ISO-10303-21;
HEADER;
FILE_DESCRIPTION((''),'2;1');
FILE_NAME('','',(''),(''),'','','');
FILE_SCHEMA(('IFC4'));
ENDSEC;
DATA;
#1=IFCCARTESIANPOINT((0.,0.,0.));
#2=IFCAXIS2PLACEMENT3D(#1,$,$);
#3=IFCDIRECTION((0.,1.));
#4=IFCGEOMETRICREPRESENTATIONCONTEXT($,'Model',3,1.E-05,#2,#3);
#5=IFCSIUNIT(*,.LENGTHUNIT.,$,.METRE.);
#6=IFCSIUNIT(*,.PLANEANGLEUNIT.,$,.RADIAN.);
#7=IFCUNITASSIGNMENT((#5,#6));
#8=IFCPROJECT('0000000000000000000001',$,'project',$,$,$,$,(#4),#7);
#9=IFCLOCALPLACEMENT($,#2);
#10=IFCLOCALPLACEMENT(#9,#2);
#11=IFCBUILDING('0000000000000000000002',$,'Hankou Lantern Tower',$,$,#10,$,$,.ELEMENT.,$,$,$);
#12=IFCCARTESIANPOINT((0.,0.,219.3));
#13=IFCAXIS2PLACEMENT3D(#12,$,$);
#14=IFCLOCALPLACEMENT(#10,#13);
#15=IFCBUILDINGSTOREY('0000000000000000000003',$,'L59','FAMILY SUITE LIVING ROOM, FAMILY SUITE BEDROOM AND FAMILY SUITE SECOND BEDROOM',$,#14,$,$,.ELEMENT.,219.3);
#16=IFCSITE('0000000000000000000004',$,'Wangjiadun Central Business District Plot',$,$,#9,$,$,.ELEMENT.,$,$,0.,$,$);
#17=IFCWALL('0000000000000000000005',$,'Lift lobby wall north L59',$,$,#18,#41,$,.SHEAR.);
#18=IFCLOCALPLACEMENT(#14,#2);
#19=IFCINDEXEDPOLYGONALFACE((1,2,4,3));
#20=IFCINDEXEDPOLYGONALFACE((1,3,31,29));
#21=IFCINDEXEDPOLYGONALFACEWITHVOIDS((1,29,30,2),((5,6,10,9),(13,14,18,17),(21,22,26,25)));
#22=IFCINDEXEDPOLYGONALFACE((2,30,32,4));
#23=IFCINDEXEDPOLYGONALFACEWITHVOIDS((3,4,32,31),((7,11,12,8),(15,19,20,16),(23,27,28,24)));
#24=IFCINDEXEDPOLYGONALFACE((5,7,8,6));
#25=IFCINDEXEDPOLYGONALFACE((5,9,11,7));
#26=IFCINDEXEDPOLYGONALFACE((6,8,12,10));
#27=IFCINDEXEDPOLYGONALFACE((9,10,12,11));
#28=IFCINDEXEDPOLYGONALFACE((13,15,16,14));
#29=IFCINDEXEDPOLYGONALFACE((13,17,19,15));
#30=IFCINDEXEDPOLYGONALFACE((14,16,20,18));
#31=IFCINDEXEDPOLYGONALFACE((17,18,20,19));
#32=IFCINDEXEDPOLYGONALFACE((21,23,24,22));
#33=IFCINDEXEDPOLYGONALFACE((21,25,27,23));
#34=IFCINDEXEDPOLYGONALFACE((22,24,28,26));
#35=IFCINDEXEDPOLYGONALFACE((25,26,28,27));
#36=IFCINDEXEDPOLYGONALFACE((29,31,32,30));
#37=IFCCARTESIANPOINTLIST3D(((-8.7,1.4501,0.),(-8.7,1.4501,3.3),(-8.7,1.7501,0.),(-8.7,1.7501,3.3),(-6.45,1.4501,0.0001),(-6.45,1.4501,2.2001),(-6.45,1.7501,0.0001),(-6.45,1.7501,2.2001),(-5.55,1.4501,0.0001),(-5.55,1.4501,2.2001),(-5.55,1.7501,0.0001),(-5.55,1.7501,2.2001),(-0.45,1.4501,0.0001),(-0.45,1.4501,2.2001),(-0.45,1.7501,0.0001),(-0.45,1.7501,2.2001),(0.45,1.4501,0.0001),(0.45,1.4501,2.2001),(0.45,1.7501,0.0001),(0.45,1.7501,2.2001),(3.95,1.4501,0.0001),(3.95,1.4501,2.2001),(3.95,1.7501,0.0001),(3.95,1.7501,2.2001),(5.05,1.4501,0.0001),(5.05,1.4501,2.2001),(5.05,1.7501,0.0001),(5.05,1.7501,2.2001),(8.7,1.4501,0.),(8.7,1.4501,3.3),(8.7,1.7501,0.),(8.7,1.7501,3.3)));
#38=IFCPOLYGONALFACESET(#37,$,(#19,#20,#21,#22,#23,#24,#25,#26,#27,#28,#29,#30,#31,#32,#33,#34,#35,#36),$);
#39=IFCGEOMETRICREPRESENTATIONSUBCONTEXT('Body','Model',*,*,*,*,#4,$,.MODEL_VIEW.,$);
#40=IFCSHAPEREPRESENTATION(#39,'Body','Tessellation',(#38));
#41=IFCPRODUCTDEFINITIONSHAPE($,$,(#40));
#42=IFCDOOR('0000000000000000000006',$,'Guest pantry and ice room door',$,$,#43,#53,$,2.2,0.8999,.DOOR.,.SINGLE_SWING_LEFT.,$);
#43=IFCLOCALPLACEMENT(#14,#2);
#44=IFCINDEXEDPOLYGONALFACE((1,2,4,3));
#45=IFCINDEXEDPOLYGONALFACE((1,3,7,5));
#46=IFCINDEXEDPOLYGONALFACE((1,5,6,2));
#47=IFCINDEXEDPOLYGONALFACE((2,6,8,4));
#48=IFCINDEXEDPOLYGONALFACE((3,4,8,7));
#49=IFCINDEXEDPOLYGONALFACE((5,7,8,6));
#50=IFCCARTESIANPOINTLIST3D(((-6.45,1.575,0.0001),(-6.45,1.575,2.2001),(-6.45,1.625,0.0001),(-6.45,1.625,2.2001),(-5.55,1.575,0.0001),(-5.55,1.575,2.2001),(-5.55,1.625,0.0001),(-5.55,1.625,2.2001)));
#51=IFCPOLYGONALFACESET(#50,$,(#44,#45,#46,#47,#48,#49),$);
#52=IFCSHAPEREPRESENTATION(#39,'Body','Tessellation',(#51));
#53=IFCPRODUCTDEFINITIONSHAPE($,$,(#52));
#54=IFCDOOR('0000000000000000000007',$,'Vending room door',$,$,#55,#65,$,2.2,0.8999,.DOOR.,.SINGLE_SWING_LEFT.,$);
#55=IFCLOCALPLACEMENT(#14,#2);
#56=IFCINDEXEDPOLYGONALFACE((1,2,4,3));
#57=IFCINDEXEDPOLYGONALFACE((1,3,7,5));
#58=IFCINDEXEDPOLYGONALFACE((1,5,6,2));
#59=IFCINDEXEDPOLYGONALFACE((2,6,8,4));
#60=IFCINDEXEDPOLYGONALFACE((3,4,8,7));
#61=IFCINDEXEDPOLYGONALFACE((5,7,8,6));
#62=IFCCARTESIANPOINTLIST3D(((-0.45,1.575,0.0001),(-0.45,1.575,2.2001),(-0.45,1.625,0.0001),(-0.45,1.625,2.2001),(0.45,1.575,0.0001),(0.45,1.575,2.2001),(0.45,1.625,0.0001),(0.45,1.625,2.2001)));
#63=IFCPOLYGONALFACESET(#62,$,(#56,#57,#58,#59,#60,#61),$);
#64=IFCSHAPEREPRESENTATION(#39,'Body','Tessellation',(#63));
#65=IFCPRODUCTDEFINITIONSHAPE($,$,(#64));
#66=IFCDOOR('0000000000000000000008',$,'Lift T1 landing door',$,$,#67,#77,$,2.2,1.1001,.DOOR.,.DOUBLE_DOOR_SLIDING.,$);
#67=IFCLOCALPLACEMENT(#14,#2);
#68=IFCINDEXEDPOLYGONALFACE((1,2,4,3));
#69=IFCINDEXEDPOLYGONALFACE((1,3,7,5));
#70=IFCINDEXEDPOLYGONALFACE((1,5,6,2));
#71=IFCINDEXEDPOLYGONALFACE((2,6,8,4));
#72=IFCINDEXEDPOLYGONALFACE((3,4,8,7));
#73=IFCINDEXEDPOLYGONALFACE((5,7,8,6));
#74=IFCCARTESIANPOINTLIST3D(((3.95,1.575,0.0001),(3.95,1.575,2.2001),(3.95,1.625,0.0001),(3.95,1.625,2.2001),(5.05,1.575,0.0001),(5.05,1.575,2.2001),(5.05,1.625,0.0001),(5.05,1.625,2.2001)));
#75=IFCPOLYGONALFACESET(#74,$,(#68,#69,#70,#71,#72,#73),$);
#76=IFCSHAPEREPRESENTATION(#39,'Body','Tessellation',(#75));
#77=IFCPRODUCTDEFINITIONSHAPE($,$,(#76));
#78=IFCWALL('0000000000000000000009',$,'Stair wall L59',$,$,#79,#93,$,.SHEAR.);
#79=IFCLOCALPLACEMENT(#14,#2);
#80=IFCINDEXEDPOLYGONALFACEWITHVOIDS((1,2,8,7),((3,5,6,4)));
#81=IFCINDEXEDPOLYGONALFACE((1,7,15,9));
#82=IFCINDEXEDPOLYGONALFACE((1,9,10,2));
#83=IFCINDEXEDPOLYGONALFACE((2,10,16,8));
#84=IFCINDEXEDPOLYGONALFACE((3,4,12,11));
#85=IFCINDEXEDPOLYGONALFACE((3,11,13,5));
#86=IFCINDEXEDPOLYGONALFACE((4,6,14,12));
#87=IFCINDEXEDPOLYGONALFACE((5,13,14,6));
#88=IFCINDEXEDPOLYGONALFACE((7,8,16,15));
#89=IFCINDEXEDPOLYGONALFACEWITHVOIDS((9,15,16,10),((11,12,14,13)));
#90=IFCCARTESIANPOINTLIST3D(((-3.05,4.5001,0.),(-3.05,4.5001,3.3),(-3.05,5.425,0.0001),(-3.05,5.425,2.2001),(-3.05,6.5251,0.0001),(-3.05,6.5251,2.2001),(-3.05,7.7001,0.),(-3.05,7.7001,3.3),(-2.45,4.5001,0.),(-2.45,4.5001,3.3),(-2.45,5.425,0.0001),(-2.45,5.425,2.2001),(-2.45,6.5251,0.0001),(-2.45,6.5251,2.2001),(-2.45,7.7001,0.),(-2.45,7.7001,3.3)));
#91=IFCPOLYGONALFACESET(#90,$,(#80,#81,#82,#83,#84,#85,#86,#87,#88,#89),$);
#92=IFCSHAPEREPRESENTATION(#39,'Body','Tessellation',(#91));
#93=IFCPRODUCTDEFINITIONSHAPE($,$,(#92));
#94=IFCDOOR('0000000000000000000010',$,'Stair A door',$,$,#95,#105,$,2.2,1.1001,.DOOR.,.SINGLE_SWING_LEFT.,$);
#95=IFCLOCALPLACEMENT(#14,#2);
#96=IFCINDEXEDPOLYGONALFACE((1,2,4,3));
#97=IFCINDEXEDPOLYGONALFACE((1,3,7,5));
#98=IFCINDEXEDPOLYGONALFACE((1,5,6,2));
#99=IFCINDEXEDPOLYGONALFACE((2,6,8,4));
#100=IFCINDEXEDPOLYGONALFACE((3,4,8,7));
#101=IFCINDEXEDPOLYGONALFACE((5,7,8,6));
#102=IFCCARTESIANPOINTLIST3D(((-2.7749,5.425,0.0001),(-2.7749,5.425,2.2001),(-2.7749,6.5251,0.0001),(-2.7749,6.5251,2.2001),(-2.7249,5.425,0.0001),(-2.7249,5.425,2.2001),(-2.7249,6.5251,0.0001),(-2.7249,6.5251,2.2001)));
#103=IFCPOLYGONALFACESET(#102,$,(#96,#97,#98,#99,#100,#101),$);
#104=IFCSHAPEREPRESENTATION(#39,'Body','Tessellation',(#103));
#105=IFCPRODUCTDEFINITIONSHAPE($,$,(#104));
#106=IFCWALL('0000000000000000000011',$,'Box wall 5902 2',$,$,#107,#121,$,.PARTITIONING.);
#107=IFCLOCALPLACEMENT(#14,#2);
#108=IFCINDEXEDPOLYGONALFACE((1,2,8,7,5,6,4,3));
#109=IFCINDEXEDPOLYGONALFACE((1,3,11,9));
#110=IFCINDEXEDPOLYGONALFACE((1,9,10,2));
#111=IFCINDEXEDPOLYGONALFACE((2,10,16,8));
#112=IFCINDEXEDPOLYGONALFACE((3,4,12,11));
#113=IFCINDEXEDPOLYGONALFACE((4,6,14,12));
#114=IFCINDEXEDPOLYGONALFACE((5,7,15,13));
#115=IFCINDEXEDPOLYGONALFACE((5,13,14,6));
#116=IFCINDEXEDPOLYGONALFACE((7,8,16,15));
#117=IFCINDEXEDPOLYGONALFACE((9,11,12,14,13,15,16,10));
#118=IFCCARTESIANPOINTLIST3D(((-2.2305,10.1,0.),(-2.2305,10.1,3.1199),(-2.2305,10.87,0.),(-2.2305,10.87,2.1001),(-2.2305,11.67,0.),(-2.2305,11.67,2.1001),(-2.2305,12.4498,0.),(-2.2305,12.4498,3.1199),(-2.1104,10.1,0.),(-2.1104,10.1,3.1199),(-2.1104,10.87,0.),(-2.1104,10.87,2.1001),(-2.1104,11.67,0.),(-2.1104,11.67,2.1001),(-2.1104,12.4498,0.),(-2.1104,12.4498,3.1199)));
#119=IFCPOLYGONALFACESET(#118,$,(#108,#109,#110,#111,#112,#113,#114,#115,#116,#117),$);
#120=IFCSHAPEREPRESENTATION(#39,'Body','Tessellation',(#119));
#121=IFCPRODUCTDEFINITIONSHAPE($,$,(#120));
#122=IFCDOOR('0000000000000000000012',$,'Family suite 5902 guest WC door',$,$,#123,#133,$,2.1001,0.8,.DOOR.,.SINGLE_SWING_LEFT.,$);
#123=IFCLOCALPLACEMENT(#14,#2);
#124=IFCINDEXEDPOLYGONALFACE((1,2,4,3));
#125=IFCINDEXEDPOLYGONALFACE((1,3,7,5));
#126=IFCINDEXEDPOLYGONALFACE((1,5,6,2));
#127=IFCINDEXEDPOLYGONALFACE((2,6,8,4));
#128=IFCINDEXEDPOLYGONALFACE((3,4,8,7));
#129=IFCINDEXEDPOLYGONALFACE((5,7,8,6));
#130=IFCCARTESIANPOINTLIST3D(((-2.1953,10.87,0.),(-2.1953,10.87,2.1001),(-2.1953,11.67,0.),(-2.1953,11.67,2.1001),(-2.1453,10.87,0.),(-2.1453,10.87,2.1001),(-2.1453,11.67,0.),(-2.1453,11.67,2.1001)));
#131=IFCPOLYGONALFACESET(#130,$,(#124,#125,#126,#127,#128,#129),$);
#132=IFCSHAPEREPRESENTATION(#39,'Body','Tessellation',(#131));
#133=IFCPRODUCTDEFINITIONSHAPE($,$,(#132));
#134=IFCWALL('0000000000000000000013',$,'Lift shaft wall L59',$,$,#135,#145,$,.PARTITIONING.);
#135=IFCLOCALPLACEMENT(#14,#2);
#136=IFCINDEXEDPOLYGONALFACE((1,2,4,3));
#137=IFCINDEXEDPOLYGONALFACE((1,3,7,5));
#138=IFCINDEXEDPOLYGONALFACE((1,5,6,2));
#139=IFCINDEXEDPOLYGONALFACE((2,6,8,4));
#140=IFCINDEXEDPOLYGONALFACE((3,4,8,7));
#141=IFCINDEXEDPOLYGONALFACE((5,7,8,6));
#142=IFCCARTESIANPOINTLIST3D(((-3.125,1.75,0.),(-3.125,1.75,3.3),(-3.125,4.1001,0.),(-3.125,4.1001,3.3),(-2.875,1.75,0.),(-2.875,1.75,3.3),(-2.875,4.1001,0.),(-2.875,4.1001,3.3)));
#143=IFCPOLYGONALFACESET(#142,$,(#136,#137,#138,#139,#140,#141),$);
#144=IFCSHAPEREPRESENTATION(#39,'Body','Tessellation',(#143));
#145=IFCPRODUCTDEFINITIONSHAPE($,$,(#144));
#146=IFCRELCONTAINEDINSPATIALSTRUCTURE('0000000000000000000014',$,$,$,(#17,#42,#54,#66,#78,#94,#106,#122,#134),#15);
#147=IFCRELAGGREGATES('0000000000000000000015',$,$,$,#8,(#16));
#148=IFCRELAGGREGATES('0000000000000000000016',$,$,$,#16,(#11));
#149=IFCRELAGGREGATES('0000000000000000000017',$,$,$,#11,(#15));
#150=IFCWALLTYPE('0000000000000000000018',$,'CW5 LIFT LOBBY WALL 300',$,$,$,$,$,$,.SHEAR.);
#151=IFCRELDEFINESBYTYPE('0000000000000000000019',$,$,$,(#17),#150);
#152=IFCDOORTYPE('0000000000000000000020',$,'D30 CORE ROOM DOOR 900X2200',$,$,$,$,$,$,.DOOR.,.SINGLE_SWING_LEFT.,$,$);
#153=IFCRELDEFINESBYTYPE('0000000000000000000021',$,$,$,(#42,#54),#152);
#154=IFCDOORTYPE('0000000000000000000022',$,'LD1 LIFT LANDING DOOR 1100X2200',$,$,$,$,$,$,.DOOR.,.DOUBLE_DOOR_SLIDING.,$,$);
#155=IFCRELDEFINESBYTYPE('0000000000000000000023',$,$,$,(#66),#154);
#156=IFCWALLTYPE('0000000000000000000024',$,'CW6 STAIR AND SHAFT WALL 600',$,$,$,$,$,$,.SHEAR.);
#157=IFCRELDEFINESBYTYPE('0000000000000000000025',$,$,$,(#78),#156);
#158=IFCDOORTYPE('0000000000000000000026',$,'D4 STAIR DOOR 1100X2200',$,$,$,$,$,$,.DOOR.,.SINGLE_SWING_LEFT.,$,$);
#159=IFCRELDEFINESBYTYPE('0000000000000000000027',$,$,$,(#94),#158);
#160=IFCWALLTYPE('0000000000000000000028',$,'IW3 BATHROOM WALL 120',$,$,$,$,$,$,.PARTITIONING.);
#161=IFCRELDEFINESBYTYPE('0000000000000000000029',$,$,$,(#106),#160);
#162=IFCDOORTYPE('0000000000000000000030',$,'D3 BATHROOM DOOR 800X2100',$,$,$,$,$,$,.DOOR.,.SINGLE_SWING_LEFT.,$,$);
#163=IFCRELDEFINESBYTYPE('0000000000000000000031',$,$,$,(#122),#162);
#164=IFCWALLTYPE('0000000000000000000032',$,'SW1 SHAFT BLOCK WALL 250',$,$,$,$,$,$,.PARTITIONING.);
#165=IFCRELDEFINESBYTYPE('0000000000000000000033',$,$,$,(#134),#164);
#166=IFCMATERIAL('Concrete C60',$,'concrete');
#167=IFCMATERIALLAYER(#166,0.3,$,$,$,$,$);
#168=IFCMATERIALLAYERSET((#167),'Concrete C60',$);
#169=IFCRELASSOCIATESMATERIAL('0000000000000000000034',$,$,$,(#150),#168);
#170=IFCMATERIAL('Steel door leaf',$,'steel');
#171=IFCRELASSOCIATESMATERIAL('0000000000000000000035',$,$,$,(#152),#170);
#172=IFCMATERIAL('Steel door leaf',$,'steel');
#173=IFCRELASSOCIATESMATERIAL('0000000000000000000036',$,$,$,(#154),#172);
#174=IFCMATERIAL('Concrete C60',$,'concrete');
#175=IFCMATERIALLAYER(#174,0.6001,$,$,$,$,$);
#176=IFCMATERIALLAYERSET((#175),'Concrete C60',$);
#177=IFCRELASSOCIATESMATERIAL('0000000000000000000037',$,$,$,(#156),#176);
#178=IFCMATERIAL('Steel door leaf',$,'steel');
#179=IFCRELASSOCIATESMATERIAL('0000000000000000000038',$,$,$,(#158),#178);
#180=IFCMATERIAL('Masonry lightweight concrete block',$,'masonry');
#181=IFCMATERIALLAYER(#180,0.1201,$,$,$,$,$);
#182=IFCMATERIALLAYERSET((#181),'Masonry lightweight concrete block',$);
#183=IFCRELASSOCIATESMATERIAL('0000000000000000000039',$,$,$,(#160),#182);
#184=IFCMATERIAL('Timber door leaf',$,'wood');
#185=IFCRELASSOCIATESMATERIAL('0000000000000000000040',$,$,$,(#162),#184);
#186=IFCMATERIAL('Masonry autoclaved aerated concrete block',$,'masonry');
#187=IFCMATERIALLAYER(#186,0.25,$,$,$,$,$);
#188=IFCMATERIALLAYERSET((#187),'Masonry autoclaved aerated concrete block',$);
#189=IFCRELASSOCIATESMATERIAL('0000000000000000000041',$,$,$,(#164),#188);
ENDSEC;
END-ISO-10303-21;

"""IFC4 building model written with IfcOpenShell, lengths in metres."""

from ifc_helpers import new_model, si_unit, direction, frame, frame_2d, origin, place, context, subcontext, project, spatial, rectangle, extrude, material, layer, layer_set, type_object, element, fill, save


model = new_model("IFC4")

# Units and contexts
model_context = context("Model", 3, precision=1e-05, world=origin(), true_north=direction((0.0, 1.0)))
body_context = subcontext(model_context, "Body", "Model", "MODEL_VIEW")
ifc_project = project(units=[si_unit("LENGTHUNIT", "METRE"), si_unit("PLANEANGLEUNIT", "RADIAN")], contexts=[model_context])

# Site, building, storey
site_placement = place(None, origin())
site = spatial("IfcSite", under=ifc_project, at=site_placement, Name="Wangjiadun Central Business District Plot", CompositionType="ELEMENT", RefElevation=0.0)
building_placement = place(site_placement, origin())
building = spatial("IfcBuilding", under=site, at=building_placement, Name="Hankou Lantern Tower", CompositionType="ELEMENT")
storey_placement = place(building_placement, frame((0.0, 0.0, 219.3)))
storey = spatial("IfcBuildingStorey", under=building, at=storey_placement, Name="L59", Description="FAMILY SUITE LIVING ROOM, FAMILY SUITE BEDROOM AND FAMILY SUITE SECOND BEDROOM", CompositionType="ELEMENT", Elevation=219.3)

# Wall, openings, doors
ifc_material_1 = material(Name="Concrete C60", Category="concrete")
ifc_layer_1 = layer(ifc_material_1, 0.3)
ifc_layer_set_1 = layer_set([ifc_layer_1], Name="Concrete C60")
wall_type_1 = type_object("IfcWallType", Name="CW5 LIFT LOBBY WALL 300", PredefinedType="SHEAR", material=ifc_layer_set_1)
wall_1_placement = place(storey_placement, frame((-8.7, 1.6001, 0.0), z_axis=(0.0, 0.0, 1.0), x_axis=(1.0, 0.0, 0.0)))
wall_1 = element("IfcWall", 1, at=wall_1_placement, inside=storey, type_object=wall_type_1, Name="Lift lobby wall north L59", PredefinedType="SHEAR", context=body_context, shape_type="SweptSolid", body=[
    extrude(rectangle(XDim=17.3999, YDim=0.3, at=frame_2d((8.7, 0.0))), origin(), (0.0, 0.0, 1.0), 3.3),
])
opening_1_placement = place(wall_1_placement, frame((12.6499, 0.0, 0.0)))
opening_1 = element("IfcOpeningElement", 2, at=opening_1_placement, cuts=wall_1, PredefinedType="OPENING", context=body_context, shape_type="SweptSolid", body=[
    extrude(rectangle(XDim=1.1001, YDim=2.2, at=frame_2d((0.55, 1.1001))), frame((0.0, 0.1599, 0.0), z_axis=(0.0, -1.0, 0.0), x_axis=(1.0, 0.0, 0.0)), (0.0, 0.0, 1.0), 0.3201),
])
opening_2_placement = place(wall_1_placement, frame((2.25, 0.0, 0.0)))
opening_2 = element("IfcOpeningElement", 3, at=opening_2_placement, cuts=wall_1, PredefinedType="OPENING", context=body_context, shape_type="SweptSolid", body=[
    extrude(rectangle(XDim=0.8999, YDim=2.2, at=frame_2d((0.45, 1.1001))), frame((0.0, 0.1599, 0.0), z_axis=(0.0, -1.0, 0.0), x_axis=(1.0, 0.0, 0.0)), (0.0, 0.0, 1.0), 0.3201),
])
opening_3_placement = place(wall_1_placement, frame((8.25, 0.0, 0.0)))
opening_3 = element("IfcOpeningElement", 4, at=opening_3_placement, cuts=wall_1, PredefinedType="OPENING", context=body_context, shape_type="SweptSolid", body=[
    extrude(rectangle(XDim=0.8999, YDim=2.2, at=frame_2d((0.45, 1.1001))), frame((0.0, 0.1599, 0.0), z_axis=(0.0, -1.0, 0.0), x_axis=(1.0, 0.0, 0.0)), (0.0, 0.0, 1.0), 0.3201),
])
ifc_material_2 = material(Name="Steel door leaf", Category="steel")
door_type_1 = type_object("IfcDoorType", Name="D30 CORE ROOM DOOR 900X2200", OperationType="SINGLE_SWING_LEFT", PredefinedType="DOOR", material=ifc_material_2)
door_1_placement = place(opening_2_placement, origin())
door_1 = element("IfcDoor", 5, at=door_1_placement, inside=storey, type_object=door_type_1, Name="Guest pantry and ice room door", OperationType="SINGLE_SWING_LEFT", OverallHeight=2.2, OverallWidth=0.8999, PredefinedType="DOOR", context=body_context, shape_type="SweptSolid", body=[
    extrude(rectangle(XDim=0.8999, YDim=2.2, at=frame_2d((0.45, 1.1001))), frame((0.0, 0.0249, 0.0), z_axis=(0.0, -1.0, 0.0), x_axis=(1.0, 0.0, 0.0)), (0.0, 0.0, 1.0), 0.05),
])
fill(opening_2, door_1)
door_2_placement = place(opening_3_placement, origin())
door_2 = element("IfcDoor", 6, at=door_2_placement, inside=storey, type_object=door_type_1, Name="Vending room door", OperationType="SINGLE_SWING_LEFT", OverallHeight=2.2, OverallWidth=0.8999, PredefinedType="DOOR", context=body_context, shape_type="SweptSolid", body=[
    extrude(rectangle(XDim=0.8999, YDim=2.2, at=frame_2d((0.45, 1.1001))), frame((0.0, 0.0249, 0.0), z_axis=(0.0, -1.0, 0.0), x_axis=(1.0, 0.0, 0.0)), (0.0, 0.0, 1.0), 0.05),
])
fill(opening_3, door_2)
ifc_material_3 = material(Name="Steel door leaf", Category="steel")
door_type_2 = type_object("IfcDoorType", Name="LD1 LIFT LANDING DOOR 1100X2200", OperationType="DOUBLE_DOOR_SLIDING", PredefinedType="DOOR", material=ifc_material_3)
door_3_placement = place(opening_1_placement, origin())
door_3 = element("IfcDoor", 7, at=door_3_placement, inside=storey, type_object=door_type_2, Name="Lift T1 landing door", OperationType="DOUBLE_DOOR_SLIDING", OverallHeight=2.2, OverallWidth=1.1001, PredefinedType="DOOR", context=body_context, shape_type="SweptSolid", body=[
    extrude(rectangle(XDim=1.1001, YDim=2.2, at=frame_2d((0.55, 1.1001))), frame((0.0, 0.0249, 0.0), z_axis=(0.0, -1.0, 0.0), x_axis=(1.0, 0.0, 0.0)), (0.0, 0.0, 1.0), 0.05),
])
fill(opening_1, door_3)

# Walls, openings, doors
ifc_material_4 = material(Name="Concrete C60", Category="concrete")
ifc_layer_2 = layer(ifc_material_4, 0.6001)
ifc_layer_set_2 = layer_set([ifc_layer_2], Name="Concrete C60")
wall_type_2 = type_object("IfcWallType", Name="CW6 STAIR AND SHAFT WALL 600", PredefinedType="SHEAR", material=ifc_layer_set_2)
wall_2_placement = place(storey_placement, frame((-2.75, 4.5, 0.0), z_axis=(0.0, 0.0, 1.0), x_axis=(0.0, 1.0, 0.0)))
wall_2 = element("IfcWall", 8, at=wall_2_placement, inside=storey, type_object=wall_type_2, Name="Stair wall L59", PredefinedType="SHEAR", context=body_context, shape_type="SweptSolid", body=[
    extrude(rectangle(XDim=3.2, YDim=0.6001, at=frame_2d((1.6001, 0.0))), origin(), (0.0, 0.0, 1.0), 3.3),
])
opening_4_placement = place(wall_2_placement, frame((0.925, 0.0, 0.0)))
opening_4 = element("IfcOpeningElement", 9, at=opening_4_placement, cuts=wall_2, PredefinedType="OPENING", context=body_context, shape_type="SweptSolid", body=[
    extrude(rectangle(XDim=1.1001, YDim=2.2, at=frame_2d((0.55, 1.1001))), frame((0.0, 0.3101, 0.0), z_axis=(0.0, -1.0, 0.0), x_axis=(1.0, 0.0, 0.0)), (0.0, 0.0, 1.0), 0.6201),
])
ifc_material_5 = material(Name="Steel door leaf", Category="steel")
door_type_3 = type_object("IfcDoorType", Name="D4 STAIR DOOR 1100X2200", OperationType="SINGLE_SWING_LEFT", PredefinedType="DOOR", material=ifc_material_5)
door_4_placement = place(opening_4_placement, origin())
door_4 = element("IfcDoor", 10, at=door_4_placement, inside=storey, type_object=door_type_3, Name="Stair A door", OperationType="SINGLE_SWING_LEFT", OverallHeight=2.2, OverallWidth=1.1001, PredefinedType="DOOR", context=body_context, shape_type="SweptSolid", body=[
    extrude(rectangle(XDim=1.1001, YDim=2.2, at=frame_2d((0.55, 1.1001))), frame((0.0, 0.0249, 0.0), z_axis=(0.0, -1.0, 0.0), x_axis=(1.0, 0.0, 0.0)), (0.0, 0.0, 1.0), 0.05),
])
fill(opening_4, door_4)
ifc_material_6 = material(Name="Masonry lightweight concrete block", Category="masonry")
ifc_layer_3 = layer(ifc_material_6, 0.1201)
ifc_layer_set_3 = layer_set([ifc_layer_3], Name="Masonry lightweight concrete block")
wall_type_3 = type_object("IfcWallType", Name="IW3 BATHROOM WALL 120", PredefinedType="PARTITIONING", material=ifc_layer_set_3)
wall_3_placement = place(storey_placement, frame((-2.1704, 10.1001, 0.0), z_axis=(0.0, 0.0, 1.0), x_axis=(0.0, 1.0, 0.0)))
wall_3 = element("IfcWall", 11, at=wall_3_placement, inside=storey, type_object=wall_type_3, Name="Box wall 5902 2", PredefinedType="PARTITIONING", context=body_context, shape_type="SweptSolid", body=[
    extrude(rectangle(XDim=2.3499, YDim=0.1201, at=frame_2d((1.1748, 0.0))), origin(), (0.0, 0.0, 1.0), 3.1199),
])
opening_5_placement = place(wall_3_placement, frame((0.77, 0.0, 0.0)))
opening_5 = element("IfcOpeningElement", 12, at=opening_5_placement, cuts=wall_3, PredefinedType="OPENING", context=body_context, shape_type="SweptSolid", body=[
    extrude(rectangle(XDim=0.8, YDim=2.1001, at=frame_2d((0.3999, 1.05))), frame((0.0, 0.0701, 0.0), z_axis=(0.0, -1.0, 0.0), x_axis=(1.0, 0.0, 0.0)), (0.0, 0.0, 1.0), 0.1401),
])
ifc_material_7 = material(Name="Timber door leaf", Category="wood")
door_type_4 = type_object("IfcDoorType", Name="D3 BATHROOM DOOR 800X2100", OperationType="SINGLE_SWING_LEFT", PredefinedType="DOOR", material=ifc_material_7)
door_5_placement = place(opening_5_placement, origin())
door_5 = element("IfcDoor", 13, at=door_5_placement, inside=storey, type_object=door_type_4, Name="Family suite 5902 guest WC door", OperationType="SINGLE_SWING_LEFT", OverallHeight=2.1001, OverallWidth=0.8, PredefinedType="DOOR", context=body_context, shape_type="SweptSolid", body=[
    extrude(rectangle(XDim=0.8, YDim=2.1001, at=frame_2d((0.3999, 1.05))), frame((0.0, 0.0249, 0.0), z_axis=(0.0, -1.0, 0.0), x_axis=(1.0, 0.0, 0.0)), (0.0, 0.0, 1.0), 0.05),
])
fill(opening_5, door_5)

# Wall
ifc_material_8 = material(Name="Masonry autoclaved aerated concrete block", Category="masonry")
ifc_layer_4 = layer(ifc_material_8, 0.25)
ifc_layer_set_4 = layer_set([ifc_layer_4], Name="Masonry autoclaved aerated concrete block")
wall_type_4 = type_object("IfcWallType", Name="SW1 SHAFT BLOCK WALL 250", PredefinedType="PARTITIONING", material=ifc_layer_set_4)
wall_4_placement = place(storey_placement, frame((-3.0, 1.75, 0.0), z_axis=(0.0, 0.0, 1.0), x_axis=(0.0, 1.0, 0.0)))
element("IfcWall", 14, at=wall_4_placement, inside=storey, type_object=wall_type_4, Name="Lift shaft wall L59", PredefinedType="PARTITIONING", context=body_context, shape_type="SweptSolid", body=[
    extrude(rectangle(XDim=2.3501, YDim=0.25, at=frame_2d((1.175, 0.0))), origin(), (0.0, 0.0, 1.0), 3.3),
])

save(model, "model.ifc")
